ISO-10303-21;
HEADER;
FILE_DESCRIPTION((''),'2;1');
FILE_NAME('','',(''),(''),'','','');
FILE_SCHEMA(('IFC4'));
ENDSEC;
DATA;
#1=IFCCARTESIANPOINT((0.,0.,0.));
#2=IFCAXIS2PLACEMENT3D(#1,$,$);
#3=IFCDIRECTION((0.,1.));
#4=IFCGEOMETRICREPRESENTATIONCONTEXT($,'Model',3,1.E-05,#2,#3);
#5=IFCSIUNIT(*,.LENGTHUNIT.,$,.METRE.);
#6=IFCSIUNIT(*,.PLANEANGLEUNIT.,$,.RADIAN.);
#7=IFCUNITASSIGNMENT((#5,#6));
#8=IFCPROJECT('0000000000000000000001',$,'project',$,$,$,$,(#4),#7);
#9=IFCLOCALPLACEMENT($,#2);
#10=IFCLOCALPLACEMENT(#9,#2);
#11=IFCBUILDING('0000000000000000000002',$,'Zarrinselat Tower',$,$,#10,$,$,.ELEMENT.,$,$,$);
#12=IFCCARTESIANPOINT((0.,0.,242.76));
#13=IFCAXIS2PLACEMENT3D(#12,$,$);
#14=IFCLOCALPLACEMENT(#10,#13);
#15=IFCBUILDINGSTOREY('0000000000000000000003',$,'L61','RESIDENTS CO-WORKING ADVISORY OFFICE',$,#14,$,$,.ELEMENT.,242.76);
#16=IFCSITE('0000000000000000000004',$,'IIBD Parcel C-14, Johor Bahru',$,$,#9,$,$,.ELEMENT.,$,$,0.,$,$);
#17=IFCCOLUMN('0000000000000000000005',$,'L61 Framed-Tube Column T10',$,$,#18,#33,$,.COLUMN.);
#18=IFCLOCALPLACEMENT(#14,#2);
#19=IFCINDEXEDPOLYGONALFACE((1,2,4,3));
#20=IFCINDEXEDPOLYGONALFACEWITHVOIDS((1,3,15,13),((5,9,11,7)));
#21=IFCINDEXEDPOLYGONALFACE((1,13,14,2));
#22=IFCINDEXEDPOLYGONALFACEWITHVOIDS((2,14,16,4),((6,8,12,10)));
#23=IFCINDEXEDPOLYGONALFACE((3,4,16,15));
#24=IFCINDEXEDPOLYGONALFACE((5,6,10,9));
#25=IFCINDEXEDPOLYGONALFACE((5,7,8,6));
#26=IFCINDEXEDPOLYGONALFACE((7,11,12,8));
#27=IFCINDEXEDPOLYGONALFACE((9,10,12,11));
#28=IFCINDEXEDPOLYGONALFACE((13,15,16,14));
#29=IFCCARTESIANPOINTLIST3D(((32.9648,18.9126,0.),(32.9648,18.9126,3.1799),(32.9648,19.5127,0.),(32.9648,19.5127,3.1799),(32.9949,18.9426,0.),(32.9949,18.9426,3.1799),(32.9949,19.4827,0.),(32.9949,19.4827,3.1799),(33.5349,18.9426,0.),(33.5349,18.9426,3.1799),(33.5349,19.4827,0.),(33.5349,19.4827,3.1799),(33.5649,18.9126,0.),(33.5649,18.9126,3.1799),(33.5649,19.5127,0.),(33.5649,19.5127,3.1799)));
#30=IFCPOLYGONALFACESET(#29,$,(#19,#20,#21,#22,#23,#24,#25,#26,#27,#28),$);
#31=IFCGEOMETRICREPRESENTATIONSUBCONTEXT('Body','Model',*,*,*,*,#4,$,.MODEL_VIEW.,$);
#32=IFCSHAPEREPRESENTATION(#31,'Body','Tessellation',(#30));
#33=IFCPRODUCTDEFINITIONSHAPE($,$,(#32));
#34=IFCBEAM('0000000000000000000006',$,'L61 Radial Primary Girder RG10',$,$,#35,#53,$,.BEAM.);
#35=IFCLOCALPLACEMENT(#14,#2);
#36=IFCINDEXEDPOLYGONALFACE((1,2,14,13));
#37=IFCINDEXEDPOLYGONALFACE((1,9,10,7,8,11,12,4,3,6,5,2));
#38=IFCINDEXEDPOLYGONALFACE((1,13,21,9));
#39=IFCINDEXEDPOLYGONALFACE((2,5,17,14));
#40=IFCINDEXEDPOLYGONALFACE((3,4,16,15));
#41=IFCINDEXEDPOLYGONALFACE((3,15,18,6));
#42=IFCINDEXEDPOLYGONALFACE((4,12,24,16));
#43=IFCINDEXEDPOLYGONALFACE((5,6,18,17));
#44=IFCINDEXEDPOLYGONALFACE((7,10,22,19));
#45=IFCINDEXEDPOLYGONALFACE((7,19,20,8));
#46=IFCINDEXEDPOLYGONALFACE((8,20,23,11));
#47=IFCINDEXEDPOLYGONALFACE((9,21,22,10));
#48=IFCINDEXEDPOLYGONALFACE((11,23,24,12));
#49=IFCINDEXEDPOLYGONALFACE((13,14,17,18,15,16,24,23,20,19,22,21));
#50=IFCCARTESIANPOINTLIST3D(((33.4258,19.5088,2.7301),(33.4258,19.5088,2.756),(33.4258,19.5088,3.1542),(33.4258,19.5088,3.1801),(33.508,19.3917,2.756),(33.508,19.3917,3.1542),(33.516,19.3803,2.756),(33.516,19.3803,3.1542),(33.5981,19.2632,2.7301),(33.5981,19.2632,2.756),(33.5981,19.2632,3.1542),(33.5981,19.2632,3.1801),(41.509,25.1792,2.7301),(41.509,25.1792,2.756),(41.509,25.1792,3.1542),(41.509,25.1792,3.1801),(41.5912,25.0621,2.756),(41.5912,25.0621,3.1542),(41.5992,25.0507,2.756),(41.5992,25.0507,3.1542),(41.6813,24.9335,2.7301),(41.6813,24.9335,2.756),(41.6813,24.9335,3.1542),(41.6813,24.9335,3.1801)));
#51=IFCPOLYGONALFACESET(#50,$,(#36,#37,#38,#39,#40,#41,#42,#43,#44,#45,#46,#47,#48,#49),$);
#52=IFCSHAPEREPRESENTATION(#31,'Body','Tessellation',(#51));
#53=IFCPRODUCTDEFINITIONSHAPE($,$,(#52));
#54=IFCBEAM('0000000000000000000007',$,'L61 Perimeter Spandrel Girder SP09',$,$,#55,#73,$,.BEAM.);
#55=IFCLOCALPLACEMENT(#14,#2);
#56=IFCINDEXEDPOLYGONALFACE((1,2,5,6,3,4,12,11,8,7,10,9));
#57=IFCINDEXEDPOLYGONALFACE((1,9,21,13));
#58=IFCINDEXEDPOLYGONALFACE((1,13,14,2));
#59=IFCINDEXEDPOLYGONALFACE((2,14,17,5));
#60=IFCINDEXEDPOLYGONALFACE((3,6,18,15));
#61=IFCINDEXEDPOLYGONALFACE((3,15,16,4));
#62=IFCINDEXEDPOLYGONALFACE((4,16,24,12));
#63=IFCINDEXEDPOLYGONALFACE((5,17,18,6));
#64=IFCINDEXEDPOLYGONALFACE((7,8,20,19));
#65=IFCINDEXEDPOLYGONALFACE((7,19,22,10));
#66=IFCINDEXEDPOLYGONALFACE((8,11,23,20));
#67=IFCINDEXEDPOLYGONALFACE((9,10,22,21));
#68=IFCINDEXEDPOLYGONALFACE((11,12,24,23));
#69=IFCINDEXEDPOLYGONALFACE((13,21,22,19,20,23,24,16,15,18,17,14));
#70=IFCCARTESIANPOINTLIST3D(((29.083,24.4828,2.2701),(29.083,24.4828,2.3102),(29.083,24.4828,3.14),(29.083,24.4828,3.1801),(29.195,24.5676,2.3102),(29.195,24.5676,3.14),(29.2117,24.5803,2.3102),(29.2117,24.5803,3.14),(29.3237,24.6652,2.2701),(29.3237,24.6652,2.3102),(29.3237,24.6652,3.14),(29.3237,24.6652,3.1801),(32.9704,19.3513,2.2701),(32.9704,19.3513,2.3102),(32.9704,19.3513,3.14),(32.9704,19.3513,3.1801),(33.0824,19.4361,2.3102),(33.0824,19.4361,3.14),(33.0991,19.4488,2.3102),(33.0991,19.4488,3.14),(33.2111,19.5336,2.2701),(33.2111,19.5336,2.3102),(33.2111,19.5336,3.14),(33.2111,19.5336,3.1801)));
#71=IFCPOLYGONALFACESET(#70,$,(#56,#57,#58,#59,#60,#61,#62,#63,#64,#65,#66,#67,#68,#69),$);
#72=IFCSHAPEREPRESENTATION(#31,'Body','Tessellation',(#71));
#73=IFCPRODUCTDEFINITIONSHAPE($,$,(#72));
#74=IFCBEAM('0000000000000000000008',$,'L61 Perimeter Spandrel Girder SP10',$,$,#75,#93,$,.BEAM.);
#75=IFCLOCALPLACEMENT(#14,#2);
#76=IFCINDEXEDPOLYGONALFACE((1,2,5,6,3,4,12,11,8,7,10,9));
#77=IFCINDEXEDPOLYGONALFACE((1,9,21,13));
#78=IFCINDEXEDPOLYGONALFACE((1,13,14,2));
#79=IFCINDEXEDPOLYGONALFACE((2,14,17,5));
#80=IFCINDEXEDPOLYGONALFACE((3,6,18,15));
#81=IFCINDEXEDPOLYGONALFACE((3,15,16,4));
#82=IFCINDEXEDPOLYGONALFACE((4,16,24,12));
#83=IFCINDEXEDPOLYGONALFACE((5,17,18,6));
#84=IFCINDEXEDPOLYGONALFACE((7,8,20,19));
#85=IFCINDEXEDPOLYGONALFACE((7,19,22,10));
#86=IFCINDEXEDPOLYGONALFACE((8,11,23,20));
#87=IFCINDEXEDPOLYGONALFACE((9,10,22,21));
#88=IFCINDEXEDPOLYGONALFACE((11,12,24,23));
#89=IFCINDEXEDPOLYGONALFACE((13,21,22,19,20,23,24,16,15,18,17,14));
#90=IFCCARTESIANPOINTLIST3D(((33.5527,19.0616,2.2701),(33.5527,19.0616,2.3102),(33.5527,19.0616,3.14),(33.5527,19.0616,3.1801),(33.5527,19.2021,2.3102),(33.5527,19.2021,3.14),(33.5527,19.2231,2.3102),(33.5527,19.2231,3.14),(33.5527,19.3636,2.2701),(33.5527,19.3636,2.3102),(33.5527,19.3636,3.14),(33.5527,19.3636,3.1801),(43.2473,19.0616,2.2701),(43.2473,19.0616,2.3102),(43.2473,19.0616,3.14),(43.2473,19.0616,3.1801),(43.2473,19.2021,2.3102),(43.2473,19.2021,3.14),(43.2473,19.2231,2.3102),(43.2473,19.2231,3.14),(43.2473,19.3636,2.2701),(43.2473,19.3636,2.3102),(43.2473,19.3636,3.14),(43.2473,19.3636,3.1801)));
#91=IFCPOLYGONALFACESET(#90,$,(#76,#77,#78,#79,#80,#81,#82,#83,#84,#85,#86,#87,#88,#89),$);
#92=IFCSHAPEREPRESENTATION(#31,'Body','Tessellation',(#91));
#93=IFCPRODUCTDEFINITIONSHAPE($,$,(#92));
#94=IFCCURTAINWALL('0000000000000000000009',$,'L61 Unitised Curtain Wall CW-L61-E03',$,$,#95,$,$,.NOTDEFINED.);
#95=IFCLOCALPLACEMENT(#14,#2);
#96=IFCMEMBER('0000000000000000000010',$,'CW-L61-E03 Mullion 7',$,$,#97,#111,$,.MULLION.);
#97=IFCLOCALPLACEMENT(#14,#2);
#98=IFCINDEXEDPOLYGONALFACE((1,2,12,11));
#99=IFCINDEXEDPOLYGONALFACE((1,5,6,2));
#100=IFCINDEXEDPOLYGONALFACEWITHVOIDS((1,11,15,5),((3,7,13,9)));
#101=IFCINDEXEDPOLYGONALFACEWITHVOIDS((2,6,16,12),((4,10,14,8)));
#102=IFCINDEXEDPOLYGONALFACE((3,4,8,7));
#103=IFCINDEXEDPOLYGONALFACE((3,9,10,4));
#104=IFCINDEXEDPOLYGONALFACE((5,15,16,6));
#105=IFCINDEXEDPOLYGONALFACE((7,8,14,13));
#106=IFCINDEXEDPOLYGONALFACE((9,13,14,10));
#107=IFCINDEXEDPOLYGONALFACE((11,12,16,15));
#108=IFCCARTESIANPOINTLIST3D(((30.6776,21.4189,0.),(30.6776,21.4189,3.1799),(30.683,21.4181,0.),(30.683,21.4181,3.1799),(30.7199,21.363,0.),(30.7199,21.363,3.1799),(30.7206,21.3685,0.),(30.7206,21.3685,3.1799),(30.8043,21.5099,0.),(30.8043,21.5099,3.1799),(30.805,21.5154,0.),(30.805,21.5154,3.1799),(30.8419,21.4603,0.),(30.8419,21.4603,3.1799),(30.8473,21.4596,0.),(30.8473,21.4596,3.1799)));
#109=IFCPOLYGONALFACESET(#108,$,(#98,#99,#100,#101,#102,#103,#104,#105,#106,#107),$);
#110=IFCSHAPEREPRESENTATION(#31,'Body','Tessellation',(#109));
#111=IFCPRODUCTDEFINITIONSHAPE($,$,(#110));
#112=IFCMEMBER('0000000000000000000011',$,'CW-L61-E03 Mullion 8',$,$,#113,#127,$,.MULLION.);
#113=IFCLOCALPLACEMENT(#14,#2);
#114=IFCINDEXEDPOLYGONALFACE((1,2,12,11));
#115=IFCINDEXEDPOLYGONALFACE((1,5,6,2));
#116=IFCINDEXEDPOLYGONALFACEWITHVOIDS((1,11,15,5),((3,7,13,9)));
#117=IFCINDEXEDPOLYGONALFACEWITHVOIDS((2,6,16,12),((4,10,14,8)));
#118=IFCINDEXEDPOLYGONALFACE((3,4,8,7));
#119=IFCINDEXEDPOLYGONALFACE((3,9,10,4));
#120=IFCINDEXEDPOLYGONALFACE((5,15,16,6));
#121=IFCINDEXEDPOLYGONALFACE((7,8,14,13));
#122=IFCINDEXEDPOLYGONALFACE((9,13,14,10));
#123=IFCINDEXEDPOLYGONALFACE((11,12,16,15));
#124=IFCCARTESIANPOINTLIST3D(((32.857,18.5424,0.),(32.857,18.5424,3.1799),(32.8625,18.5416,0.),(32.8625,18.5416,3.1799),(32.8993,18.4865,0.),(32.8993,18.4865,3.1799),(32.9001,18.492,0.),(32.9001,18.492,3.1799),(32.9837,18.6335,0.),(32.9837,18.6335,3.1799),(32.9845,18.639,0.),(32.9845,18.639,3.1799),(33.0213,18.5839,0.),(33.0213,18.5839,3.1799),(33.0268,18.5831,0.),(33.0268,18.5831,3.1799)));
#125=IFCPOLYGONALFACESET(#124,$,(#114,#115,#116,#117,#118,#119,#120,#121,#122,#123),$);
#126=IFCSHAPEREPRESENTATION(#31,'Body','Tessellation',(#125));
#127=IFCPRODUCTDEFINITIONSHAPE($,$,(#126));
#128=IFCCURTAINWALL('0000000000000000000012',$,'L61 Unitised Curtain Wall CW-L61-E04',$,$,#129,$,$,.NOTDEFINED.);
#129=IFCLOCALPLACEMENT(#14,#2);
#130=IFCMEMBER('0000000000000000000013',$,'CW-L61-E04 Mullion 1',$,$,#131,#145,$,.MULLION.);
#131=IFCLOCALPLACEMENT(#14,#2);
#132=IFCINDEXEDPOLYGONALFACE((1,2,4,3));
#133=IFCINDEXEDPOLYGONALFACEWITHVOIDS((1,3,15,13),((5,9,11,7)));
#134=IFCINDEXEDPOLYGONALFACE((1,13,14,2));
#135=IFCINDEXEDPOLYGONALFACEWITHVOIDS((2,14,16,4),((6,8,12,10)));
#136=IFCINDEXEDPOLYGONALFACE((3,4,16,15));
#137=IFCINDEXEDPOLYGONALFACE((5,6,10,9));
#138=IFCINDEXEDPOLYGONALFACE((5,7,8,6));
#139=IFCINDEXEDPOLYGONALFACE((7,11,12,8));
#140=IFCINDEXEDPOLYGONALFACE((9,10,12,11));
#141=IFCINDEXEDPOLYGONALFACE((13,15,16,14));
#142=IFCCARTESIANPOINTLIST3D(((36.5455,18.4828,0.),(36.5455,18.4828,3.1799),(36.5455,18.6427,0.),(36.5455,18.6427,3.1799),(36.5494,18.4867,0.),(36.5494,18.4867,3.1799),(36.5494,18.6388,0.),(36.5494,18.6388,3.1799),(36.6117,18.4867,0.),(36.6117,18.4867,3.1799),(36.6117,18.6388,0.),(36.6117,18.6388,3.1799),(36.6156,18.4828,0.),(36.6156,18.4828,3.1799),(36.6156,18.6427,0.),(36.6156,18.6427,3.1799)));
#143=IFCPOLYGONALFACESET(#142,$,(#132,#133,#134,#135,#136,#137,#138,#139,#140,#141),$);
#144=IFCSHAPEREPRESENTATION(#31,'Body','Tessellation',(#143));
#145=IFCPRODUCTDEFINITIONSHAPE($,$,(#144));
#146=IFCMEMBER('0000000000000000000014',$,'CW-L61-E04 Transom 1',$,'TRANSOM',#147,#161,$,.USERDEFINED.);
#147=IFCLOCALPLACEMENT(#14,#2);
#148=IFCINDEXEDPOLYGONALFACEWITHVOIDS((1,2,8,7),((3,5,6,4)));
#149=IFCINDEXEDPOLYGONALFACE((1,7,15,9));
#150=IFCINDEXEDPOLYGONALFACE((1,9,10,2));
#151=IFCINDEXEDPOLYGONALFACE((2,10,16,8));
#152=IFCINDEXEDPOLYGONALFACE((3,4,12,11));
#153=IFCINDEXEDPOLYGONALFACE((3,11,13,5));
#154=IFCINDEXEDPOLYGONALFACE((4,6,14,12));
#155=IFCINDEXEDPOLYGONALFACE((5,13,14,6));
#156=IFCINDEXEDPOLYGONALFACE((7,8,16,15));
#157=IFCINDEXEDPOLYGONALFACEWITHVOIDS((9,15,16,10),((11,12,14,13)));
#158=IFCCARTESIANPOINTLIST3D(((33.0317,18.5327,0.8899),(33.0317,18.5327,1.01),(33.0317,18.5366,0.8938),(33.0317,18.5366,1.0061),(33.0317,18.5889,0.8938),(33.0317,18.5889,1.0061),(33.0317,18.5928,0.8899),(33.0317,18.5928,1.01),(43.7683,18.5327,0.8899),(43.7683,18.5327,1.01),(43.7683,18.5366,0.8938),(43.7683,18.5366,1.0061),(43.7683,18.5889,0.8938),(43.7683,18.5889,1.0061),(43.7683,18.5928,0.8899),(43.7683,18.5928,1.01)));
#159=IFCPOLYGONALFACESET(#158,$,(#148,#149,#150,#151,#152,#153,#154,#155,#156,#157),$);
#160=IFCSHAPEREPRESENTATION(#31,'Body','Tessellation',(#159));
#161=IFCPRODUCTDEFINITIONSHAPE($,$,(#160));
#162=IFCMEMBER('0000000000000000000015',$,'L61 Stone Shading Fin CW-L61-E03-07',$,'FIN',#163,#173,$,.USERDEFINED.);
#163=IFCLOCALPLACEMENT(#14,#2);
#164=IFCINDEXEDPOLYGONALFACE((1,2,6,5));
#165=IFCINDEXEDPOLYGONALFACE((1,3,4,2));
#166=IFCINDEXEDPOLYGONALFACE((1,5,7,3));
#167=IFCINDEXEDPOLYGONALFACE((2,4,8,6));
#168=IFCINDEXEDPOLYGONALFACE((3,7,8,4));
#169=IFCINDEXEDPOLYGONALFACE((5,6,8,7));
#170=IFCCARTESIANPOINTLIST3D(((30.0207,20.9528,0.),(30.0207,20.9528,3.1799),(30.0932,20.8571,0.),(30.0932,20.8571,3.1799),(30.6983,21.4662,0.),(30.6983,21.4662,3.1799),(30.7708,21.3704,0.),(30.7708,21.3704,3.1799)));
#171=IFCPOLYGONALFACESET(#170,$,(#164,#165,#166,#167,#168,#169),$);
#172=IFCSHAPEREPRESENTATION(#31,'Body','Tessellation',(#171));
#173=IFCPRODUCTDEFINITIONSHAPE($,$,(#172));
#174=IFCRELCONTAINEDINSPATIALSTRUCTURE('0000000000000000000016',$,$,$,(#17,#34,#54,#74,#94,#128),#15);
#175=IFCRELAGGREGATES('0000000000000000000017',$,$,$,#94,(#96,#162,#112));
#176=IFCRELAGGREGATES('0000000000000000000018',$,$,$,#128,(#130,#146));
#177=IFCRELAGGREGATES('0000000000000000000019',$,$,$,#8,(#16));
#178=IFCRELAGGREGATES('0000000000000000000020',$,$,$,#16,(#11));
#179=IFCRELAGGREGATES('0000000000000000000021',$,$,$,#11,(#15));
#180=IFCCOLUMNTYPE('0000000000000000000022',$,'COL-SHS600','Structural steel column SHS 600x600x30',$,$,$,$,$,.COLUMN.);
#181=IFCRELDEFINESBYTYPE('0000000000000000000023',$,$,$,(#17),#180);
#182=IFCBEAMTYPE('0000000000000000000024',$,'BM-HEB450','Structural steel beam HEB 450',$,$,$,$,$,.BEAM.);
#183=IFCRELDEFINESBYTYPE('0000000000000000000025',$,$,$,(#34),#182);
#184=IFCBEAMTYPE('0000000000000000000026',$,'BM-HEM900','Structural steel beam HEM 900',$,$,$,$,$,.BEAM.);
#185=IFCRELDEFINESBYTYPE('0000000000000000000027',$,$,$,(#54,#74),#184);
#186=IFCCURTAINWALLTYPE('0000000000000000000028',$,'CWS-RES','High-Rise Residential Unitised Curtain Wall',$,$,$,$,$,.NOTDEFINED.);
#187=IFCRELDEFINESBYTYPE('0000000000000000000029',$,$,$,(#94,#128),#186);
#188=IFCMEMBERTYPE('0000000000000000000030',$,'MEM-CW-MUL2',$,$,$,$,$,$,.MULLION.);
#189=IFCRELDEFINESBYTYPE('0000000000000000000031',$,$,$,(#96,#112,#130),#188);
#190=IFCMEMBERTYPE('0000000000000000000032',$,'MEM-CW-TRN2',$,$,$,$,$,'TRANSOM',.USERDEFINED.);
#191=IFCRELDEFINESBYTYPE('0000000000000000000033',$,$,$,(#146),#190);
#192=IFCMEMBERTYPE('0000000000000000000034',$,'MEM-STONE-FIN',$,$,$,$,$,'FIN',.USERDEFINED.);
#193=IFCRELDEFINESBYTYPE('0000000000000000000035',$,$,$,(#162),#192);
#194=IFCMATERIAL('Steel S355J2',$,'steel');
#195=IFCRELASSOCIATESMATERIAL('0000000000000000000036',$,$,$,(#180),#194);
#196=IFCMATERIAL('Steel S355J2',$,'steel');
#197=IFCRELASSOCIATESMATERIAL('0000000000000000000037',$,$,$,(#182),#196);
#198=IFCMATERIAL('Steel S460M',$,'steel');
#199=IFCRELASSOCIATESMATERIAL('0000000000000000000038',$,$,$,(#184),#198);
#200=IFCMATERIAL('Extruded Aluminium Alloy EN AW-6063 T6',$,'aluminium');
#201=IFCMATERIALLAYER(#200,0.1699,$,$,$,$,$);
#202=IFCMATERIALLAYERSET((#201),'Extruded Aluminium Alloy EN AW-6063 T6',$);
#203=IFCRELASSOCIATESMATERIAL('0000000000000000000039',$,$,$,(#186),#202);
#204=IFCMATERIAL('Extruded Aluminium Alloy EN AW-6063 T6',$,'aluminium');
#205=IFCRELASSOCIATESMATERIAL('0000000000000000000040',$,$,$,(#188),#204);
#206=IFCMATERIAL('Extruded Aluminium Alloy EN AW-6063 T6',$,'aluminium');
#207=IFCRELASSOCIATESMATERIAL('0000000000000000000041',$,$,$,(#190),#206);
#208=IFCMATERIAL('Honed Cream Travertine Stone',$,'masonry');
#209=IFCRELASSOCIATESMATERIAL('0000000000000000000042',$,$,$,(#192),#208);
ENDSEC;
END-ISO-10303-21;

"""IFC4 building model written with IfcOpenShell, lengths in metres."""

from ifc_helpers import new_model, si_unit, direction, frame, origin, origin_2d, place, context, subcontext, project, spatial, rectangle, hollow_rectangle, i_section, extrude, material, layer, layer_set, material_profile, profile_set, type_object, element, aggregate, save


model = new_model("IFC4")

# Units and contexts
model_context = context("Model", 3, precision=1e-05, world=origin(), true_north=direction((0.0, 1.0)))
body_context = subcontext(model_context, "Body", "Model", "MODEL_VIEW")
ifc_project = project(units=[si_unit("LENGTHUNIT", "METRE"), si_unit("PLANEANGLEUNIT", "RADIAN")], contexts=[model_context])

# Site, building, storey
site_placement = place(None, origin())
site = spatial("IfcSite", under=ifc_project, at=site_placement, Name="IIBD Parcel C-14, Johor Bahru", CompositionType="ELEMENT", RefElevation=0.0)
building_placement = place(site_placement, origin())
building = spatial("IfcBuilding", under=site, at=building_placement, Name="Zarrinselat Tower", CompositionType="ELEMENT")
storey_placement = place(building_placement, frame((0.0, 0.0, 242.76)))
storey = spatial("IfcBuildingStorey", under=building, at=storey_placement, Name="L61", Description="RESIDENTS CO-WORKING ADVISORY OFFICE", CompositionType="ELEMENT", Elevation=242.76)

# Column
ifc_material_1 = material(Name="Steel S355J2", Category="steel")
ifc_material_profile_1 = material_profile(ifc_material_1, hollow_rectangle(XDim=0.6001, YDim=0.6001, WallThickness=0.03, at=origin_2d()), Name="SHS 600x600x30")
ifc_profile_set_1 = profile_set([ifc_material_profile_1], Name="Steel S355J2")
column_type = type_object("IfcColumnType", Name="COL-SHS600", Description="Structural steel column SHS 600x600x30", PredefinedType="COLUMN", material=ifc_profile_set_1)
column_placement = place(storey_placement, frame((33.2649, 19.2126, 0.0), z_axis=(0.0, 0.0, 1.0), x_axis=(1.0, 0.0, 0.0)))
element("IfcColumn", 1, at=column_placement, inside=storey, type_object=column_type, Name="L61 Framed-Tube Column T10", PredefinedType="COLUMN", context=body_context, shape_type="SweptSolid", body=[
    extrude(hollow_rectangle(XDim=0.6001, YDim=0.6001, WallThickness=0.03, at=origin_2d()), origin(), (0.0, 0.0, 1.0), 3.1799),
])

# Beams
ifc_material_2 = material(Name="Steel S355J2", Category="steel")
ifc_material_profile_2 = material_profile(ifc_material_2, i_section(OverallWidth=0.3, OverallDepth=0.45, WebThickness=0.0139, FlangeThickness=0.0259, at=origin_2d()), Name="HEB 450")
ifc_profile_set_2 = profile_set([ifc_material_profile_2], Name="Steel S355J2")
beam_type_1 = type_object("IfcBeamType", Name="BM-HEB450", Description="Structural steel beam HEB 450", PredefinedType="BEAM", material=ifc_profile_set_2)
beam_1_placement = place(storey_placement, frame((33.512, 19.386, 2.9551), z_axis=(0.818654, 0.574287, 0.0), x_axis=(-0.574287, 0.818654, 0.0)))
element("IfcBeam", 2, at=beam_1_placement, inside=storey, type_object=beam_type_1, Name="L61 Radial Primary Girder RG10", PredefinedType="BEAM", context=body_context, shape_type="SweptSolid", body=[
    extrude(i_section(OverallWidth=0.3, OverallDepth=0.45, WebThickness=0.0139, FlangeThickness=0.0259, at=origin_2d()), origin(), (0.0, 0.0, 1.0), 9.8738),
])
ifc_material_3 = material(Name="Steel S460M", Category="steel")
ifc_material_profile_3 = material_profile(ifc_material_3, i_section(OverallWidth=0.302, OverallDepth=0.9099, WebThickness=0.021, FlangeThickness=0.04, at=origin_2d()), Name="HEM 900")
ifc_profile_set_3 = profile_set([ifc_material_profile_3], Name="Steel S460M")
beam_type_2 = type_object("IfcBeamType", Name="BM-HEM900", Description="Structural steel beam HEM 900", PredefinedType="BEAM", material=ifc_profile_set_3)
beam_2_placement = place(storey_placement, frame((29.2034, 24.574, 2.7251), z_axis=(0.603846, -0.797101, 0.0), x_axis=(0.797101, 0.603846, 0.0)))
element("IfcBeam", 3, at=beam_2_placement, inside=storey, type_object=beam_type_2, Name="L61 Perimeter Spandrel Girder SP09", PredefinedType="BEAM", context=body_context, shape_type="SweptSolid", body=[
    extrude(i_section(OverallWidth=0.302, OverallDepth=0.9099, WebThickness=0.021, FlangeThickness=0.04, at=origin_2d()), origin(), (0.0, 0.0, 1.0), 6.4377),
])
beam_3_placement = place(storey_placement, frame((33.5527, 19.2126, 2.7251), z_axis=(1.0, 0.0, 0.0), x_axis=(0.0, 1.0, 0.0)))
element("IfcBeam", 4, at=beam_3_placement, inside=storey, type_object=beam_type_2, Name="L61 Perimeter Spandrel Girder SP10", PredefinedType="BEAM", context=body_context, shape_type="SweptSolid", body=[
    extrude(i_section(OverallWidth=0.302, OverallDepth=0.9099, WebThickness=0.021, FlangeThickness=0.04, at=origin_2d()), origin(), (0.0, 0.0, 1.0), 9.6946),
])

# Curtain walls, members
ifc_material_4 = material(Name="Extruded Aluminium Alloy EN AW-6063 T6", Category="aluminium")
ifc_layer_1 = layer(ifc_material_4, 0.1699)
ifc_layer_set_1 = layer_set([ifc_layer_1], Name="Extruded Aluminium Alloy EN AW-6063 T6")
curtain_wall_type = type_object("IfcCurtainWallType", Name="CWS-RES", Description="High-Rise Residential Unitised Curtain Wall", PredefinedType="NOTDEFINED", material=ifc_layer_set_1)
curtain_wall_1_placement = place(storey_placement, origin())
curtain_wall_1 = element("IfcCurtainWall", 5, at=curtain_wall_1_placement, inside=storey, type_object=curtain_wall_type, Name="L61 Unitised Curtain Wall CW-L61-E03", PredefinedType="NOTDEFINED")
ifc_material_5 = material(Name="Extruded Aluminium Alloy EN AW-6063 T6", Category="aluminium")
ifc_material_profile_4 = material_profile(ifc_material_5, hollow_rectangle(XDim=0.0701, YDim=0.1599, WallThickness=0.0039, at=origin_2d()), Name="RHS 160x70x4")
ifc_profile_set_4 = profile_set([ifc_material_profile_4], Name="Extruded Aluminium Alloy EN AW-6063 T6")
member_type_1 = type_object("IfcMemberType", Name="MEM-CW-MUL2", PredefinedType="MULLION", material=ifc_profile_set_4)
member_1_placement = place(storey_placement, frame((30.7625, 21.4392, 0.0), z_axis=(0.0, 0.0, 1.0), x_axis=(0.603858, -0.797092, 0.0)))
member_1 = element("IfcMember", 6, at=member_1_placement, type_object=member_type_1, Name="CW-L61-E03 Mullion 7", PredefinedType="MULLION", context=body_context, shape_type="SweptSolid", body=[
    extrude(hollow_rectangle(XDim=0.0701, YDim=0.1599, WallThickness=0.0039, at=origin_2d()), origin(), (0.0, 0.0, 1.0), 3.1799),
])
member_2_placement = place(storey_placement, frame((32.9419, 18.5627, 0.0), z_axis=(0.0, 0.0, 1.0), x_axis=(0.603858, -0.797092, 0.0)))
member_2 = element("IfcMember", 7, at=member_2_placement, type_object=member_type_1, Name="CW-L61-E03 Mullion 8", PredefinedType="MULLION", context=body_context, shape_type="SweptSolid", body=[
    extrude(hollow_rectangle(XDim=0.0701, YDim=0.1599, WallThickness=0.0039, at=origin_2d()), origin(), (0.0, 0.0, 1.0), 3.1799),
])
curtain_wall_2_placement = place(storey_placement, origin())
curtain_wall_2 = element("IfcCurtainWall", 8, at=curtain_wall_2_placement, inside=storey, type_object=curtain_wall_type, Name="L61 Unitised Curtain Wall CW-L61-E04", PredefinedType="NOTDEFINED")
member_3_placement = place(storey_placement, frame((36.5806, 18.5627, 0.0), z_axis=(0.0, 0.0, 1.0), x_axis=(1.0, 0.0, 0.0)))
member_3 = element("IfcMember", 9, at=member_3_placement, type_object=member_type_1, Name="CW-L61-E04 Mullion 1", PredefinedType="MULLION", context=body_context, shape_type="SweptSolid", body=[
    extrude(hollow_rectangle(XDim=0.0701, YDim=0.1599, WallThickness=0.0039, at=origin_2d()), origin(), (0.0, 0.0, 1.0), 3.1799),
])
ifc_material_6 = material(Name="Extruded Aluminium Alloy EN AW-6063 T6", Category="aluminium")
ifc_material_profile_5 = material_profile(ifc_material_6, hollow_rectangle(XDim=0.0601, YDim=0.1201, WallThickness=0.0039, at=origin_2d()), Name="RHS 120x60x4")
ifc_profile_set_5 = profile_set([ifc_material_profile_5], Name="Extruded Aluminium Alloy EN AW-6063 T6")
member_type_2 = type_object("IfcMemberType", Name="MEM-CW-TRN2", ElementType="TRANSOM", PredefinedType="USERDEFINED", material=ifc_profile_set_5)
member_4_placement = place(storey_placement, frame((33.0317, 18.5627, 0.95), z_axis=(1.0, 0.0, 0.0), x_axis=(0.0, 1.0, 0.0)))
member_4 = element("IfcMember", 10, at=member_4_placement, type_object=member_type_2, Name="CW-L61-E04 Transom 1", ObjectType="TRANSOM", PredefinedType="USERDEFINED", context=body_context, shape_type="SweptSolid", body=[
    extrude(hollow_rectangle(XDim=0.0601, YDim=0.1201, WallThickness=0.0039, at=origin_2d()), origin(), (0.0, 0.0, 1.0), 10.7366),
])

# Member
ifc_material_7 = material(Name="Honed Cream Travertine Stone", Category="masonry")
ifc_material_profile_6 = material_profile(ifc_material_7, rectangle(XDim=0.1201, YDim=0.8501, at=origin_2d()), Name="FIN 850x120")
ifc_profile_set_6 = profile_set([ifc_material_profile_6], Name="Honed Cream Travertine Stone")
member_type_3 = type_object("IfcMemberType", Name="MEM-STONE-FIN", ElementType="FIN", PredefinedType="USERDEFINED", material=ifc_profile_set_6)
member_5_placement = place(storey_placement, frame((30.3958, 21.1616, 0.0), z_axis=(0.0, 0.0, 1.0), x_axis=(-0.603858, 0.797092, 0.0)))
member_5 = element("IfcMember", 11, at=member_5_placement, type_object=member_type_3, Name="L61 Stone Shading Fin CW-L61-E03-07", ObjectType="FIN", PredefinedType="USERDEFINED", context=body_context, shape_type="SweptSolid", body=[
    extrude(rectangle(XDim=0.1201, YDim=0.8501, at=origin_2d()), origin(), (0.0, 0.0, 1.0), 3.1799),
])

aggregate(curtain_wall_1, [member_1, member_5, member_2])
aggregate(curtain_wall_2, [member_3, member_4])

save(model, "model.ifc")
